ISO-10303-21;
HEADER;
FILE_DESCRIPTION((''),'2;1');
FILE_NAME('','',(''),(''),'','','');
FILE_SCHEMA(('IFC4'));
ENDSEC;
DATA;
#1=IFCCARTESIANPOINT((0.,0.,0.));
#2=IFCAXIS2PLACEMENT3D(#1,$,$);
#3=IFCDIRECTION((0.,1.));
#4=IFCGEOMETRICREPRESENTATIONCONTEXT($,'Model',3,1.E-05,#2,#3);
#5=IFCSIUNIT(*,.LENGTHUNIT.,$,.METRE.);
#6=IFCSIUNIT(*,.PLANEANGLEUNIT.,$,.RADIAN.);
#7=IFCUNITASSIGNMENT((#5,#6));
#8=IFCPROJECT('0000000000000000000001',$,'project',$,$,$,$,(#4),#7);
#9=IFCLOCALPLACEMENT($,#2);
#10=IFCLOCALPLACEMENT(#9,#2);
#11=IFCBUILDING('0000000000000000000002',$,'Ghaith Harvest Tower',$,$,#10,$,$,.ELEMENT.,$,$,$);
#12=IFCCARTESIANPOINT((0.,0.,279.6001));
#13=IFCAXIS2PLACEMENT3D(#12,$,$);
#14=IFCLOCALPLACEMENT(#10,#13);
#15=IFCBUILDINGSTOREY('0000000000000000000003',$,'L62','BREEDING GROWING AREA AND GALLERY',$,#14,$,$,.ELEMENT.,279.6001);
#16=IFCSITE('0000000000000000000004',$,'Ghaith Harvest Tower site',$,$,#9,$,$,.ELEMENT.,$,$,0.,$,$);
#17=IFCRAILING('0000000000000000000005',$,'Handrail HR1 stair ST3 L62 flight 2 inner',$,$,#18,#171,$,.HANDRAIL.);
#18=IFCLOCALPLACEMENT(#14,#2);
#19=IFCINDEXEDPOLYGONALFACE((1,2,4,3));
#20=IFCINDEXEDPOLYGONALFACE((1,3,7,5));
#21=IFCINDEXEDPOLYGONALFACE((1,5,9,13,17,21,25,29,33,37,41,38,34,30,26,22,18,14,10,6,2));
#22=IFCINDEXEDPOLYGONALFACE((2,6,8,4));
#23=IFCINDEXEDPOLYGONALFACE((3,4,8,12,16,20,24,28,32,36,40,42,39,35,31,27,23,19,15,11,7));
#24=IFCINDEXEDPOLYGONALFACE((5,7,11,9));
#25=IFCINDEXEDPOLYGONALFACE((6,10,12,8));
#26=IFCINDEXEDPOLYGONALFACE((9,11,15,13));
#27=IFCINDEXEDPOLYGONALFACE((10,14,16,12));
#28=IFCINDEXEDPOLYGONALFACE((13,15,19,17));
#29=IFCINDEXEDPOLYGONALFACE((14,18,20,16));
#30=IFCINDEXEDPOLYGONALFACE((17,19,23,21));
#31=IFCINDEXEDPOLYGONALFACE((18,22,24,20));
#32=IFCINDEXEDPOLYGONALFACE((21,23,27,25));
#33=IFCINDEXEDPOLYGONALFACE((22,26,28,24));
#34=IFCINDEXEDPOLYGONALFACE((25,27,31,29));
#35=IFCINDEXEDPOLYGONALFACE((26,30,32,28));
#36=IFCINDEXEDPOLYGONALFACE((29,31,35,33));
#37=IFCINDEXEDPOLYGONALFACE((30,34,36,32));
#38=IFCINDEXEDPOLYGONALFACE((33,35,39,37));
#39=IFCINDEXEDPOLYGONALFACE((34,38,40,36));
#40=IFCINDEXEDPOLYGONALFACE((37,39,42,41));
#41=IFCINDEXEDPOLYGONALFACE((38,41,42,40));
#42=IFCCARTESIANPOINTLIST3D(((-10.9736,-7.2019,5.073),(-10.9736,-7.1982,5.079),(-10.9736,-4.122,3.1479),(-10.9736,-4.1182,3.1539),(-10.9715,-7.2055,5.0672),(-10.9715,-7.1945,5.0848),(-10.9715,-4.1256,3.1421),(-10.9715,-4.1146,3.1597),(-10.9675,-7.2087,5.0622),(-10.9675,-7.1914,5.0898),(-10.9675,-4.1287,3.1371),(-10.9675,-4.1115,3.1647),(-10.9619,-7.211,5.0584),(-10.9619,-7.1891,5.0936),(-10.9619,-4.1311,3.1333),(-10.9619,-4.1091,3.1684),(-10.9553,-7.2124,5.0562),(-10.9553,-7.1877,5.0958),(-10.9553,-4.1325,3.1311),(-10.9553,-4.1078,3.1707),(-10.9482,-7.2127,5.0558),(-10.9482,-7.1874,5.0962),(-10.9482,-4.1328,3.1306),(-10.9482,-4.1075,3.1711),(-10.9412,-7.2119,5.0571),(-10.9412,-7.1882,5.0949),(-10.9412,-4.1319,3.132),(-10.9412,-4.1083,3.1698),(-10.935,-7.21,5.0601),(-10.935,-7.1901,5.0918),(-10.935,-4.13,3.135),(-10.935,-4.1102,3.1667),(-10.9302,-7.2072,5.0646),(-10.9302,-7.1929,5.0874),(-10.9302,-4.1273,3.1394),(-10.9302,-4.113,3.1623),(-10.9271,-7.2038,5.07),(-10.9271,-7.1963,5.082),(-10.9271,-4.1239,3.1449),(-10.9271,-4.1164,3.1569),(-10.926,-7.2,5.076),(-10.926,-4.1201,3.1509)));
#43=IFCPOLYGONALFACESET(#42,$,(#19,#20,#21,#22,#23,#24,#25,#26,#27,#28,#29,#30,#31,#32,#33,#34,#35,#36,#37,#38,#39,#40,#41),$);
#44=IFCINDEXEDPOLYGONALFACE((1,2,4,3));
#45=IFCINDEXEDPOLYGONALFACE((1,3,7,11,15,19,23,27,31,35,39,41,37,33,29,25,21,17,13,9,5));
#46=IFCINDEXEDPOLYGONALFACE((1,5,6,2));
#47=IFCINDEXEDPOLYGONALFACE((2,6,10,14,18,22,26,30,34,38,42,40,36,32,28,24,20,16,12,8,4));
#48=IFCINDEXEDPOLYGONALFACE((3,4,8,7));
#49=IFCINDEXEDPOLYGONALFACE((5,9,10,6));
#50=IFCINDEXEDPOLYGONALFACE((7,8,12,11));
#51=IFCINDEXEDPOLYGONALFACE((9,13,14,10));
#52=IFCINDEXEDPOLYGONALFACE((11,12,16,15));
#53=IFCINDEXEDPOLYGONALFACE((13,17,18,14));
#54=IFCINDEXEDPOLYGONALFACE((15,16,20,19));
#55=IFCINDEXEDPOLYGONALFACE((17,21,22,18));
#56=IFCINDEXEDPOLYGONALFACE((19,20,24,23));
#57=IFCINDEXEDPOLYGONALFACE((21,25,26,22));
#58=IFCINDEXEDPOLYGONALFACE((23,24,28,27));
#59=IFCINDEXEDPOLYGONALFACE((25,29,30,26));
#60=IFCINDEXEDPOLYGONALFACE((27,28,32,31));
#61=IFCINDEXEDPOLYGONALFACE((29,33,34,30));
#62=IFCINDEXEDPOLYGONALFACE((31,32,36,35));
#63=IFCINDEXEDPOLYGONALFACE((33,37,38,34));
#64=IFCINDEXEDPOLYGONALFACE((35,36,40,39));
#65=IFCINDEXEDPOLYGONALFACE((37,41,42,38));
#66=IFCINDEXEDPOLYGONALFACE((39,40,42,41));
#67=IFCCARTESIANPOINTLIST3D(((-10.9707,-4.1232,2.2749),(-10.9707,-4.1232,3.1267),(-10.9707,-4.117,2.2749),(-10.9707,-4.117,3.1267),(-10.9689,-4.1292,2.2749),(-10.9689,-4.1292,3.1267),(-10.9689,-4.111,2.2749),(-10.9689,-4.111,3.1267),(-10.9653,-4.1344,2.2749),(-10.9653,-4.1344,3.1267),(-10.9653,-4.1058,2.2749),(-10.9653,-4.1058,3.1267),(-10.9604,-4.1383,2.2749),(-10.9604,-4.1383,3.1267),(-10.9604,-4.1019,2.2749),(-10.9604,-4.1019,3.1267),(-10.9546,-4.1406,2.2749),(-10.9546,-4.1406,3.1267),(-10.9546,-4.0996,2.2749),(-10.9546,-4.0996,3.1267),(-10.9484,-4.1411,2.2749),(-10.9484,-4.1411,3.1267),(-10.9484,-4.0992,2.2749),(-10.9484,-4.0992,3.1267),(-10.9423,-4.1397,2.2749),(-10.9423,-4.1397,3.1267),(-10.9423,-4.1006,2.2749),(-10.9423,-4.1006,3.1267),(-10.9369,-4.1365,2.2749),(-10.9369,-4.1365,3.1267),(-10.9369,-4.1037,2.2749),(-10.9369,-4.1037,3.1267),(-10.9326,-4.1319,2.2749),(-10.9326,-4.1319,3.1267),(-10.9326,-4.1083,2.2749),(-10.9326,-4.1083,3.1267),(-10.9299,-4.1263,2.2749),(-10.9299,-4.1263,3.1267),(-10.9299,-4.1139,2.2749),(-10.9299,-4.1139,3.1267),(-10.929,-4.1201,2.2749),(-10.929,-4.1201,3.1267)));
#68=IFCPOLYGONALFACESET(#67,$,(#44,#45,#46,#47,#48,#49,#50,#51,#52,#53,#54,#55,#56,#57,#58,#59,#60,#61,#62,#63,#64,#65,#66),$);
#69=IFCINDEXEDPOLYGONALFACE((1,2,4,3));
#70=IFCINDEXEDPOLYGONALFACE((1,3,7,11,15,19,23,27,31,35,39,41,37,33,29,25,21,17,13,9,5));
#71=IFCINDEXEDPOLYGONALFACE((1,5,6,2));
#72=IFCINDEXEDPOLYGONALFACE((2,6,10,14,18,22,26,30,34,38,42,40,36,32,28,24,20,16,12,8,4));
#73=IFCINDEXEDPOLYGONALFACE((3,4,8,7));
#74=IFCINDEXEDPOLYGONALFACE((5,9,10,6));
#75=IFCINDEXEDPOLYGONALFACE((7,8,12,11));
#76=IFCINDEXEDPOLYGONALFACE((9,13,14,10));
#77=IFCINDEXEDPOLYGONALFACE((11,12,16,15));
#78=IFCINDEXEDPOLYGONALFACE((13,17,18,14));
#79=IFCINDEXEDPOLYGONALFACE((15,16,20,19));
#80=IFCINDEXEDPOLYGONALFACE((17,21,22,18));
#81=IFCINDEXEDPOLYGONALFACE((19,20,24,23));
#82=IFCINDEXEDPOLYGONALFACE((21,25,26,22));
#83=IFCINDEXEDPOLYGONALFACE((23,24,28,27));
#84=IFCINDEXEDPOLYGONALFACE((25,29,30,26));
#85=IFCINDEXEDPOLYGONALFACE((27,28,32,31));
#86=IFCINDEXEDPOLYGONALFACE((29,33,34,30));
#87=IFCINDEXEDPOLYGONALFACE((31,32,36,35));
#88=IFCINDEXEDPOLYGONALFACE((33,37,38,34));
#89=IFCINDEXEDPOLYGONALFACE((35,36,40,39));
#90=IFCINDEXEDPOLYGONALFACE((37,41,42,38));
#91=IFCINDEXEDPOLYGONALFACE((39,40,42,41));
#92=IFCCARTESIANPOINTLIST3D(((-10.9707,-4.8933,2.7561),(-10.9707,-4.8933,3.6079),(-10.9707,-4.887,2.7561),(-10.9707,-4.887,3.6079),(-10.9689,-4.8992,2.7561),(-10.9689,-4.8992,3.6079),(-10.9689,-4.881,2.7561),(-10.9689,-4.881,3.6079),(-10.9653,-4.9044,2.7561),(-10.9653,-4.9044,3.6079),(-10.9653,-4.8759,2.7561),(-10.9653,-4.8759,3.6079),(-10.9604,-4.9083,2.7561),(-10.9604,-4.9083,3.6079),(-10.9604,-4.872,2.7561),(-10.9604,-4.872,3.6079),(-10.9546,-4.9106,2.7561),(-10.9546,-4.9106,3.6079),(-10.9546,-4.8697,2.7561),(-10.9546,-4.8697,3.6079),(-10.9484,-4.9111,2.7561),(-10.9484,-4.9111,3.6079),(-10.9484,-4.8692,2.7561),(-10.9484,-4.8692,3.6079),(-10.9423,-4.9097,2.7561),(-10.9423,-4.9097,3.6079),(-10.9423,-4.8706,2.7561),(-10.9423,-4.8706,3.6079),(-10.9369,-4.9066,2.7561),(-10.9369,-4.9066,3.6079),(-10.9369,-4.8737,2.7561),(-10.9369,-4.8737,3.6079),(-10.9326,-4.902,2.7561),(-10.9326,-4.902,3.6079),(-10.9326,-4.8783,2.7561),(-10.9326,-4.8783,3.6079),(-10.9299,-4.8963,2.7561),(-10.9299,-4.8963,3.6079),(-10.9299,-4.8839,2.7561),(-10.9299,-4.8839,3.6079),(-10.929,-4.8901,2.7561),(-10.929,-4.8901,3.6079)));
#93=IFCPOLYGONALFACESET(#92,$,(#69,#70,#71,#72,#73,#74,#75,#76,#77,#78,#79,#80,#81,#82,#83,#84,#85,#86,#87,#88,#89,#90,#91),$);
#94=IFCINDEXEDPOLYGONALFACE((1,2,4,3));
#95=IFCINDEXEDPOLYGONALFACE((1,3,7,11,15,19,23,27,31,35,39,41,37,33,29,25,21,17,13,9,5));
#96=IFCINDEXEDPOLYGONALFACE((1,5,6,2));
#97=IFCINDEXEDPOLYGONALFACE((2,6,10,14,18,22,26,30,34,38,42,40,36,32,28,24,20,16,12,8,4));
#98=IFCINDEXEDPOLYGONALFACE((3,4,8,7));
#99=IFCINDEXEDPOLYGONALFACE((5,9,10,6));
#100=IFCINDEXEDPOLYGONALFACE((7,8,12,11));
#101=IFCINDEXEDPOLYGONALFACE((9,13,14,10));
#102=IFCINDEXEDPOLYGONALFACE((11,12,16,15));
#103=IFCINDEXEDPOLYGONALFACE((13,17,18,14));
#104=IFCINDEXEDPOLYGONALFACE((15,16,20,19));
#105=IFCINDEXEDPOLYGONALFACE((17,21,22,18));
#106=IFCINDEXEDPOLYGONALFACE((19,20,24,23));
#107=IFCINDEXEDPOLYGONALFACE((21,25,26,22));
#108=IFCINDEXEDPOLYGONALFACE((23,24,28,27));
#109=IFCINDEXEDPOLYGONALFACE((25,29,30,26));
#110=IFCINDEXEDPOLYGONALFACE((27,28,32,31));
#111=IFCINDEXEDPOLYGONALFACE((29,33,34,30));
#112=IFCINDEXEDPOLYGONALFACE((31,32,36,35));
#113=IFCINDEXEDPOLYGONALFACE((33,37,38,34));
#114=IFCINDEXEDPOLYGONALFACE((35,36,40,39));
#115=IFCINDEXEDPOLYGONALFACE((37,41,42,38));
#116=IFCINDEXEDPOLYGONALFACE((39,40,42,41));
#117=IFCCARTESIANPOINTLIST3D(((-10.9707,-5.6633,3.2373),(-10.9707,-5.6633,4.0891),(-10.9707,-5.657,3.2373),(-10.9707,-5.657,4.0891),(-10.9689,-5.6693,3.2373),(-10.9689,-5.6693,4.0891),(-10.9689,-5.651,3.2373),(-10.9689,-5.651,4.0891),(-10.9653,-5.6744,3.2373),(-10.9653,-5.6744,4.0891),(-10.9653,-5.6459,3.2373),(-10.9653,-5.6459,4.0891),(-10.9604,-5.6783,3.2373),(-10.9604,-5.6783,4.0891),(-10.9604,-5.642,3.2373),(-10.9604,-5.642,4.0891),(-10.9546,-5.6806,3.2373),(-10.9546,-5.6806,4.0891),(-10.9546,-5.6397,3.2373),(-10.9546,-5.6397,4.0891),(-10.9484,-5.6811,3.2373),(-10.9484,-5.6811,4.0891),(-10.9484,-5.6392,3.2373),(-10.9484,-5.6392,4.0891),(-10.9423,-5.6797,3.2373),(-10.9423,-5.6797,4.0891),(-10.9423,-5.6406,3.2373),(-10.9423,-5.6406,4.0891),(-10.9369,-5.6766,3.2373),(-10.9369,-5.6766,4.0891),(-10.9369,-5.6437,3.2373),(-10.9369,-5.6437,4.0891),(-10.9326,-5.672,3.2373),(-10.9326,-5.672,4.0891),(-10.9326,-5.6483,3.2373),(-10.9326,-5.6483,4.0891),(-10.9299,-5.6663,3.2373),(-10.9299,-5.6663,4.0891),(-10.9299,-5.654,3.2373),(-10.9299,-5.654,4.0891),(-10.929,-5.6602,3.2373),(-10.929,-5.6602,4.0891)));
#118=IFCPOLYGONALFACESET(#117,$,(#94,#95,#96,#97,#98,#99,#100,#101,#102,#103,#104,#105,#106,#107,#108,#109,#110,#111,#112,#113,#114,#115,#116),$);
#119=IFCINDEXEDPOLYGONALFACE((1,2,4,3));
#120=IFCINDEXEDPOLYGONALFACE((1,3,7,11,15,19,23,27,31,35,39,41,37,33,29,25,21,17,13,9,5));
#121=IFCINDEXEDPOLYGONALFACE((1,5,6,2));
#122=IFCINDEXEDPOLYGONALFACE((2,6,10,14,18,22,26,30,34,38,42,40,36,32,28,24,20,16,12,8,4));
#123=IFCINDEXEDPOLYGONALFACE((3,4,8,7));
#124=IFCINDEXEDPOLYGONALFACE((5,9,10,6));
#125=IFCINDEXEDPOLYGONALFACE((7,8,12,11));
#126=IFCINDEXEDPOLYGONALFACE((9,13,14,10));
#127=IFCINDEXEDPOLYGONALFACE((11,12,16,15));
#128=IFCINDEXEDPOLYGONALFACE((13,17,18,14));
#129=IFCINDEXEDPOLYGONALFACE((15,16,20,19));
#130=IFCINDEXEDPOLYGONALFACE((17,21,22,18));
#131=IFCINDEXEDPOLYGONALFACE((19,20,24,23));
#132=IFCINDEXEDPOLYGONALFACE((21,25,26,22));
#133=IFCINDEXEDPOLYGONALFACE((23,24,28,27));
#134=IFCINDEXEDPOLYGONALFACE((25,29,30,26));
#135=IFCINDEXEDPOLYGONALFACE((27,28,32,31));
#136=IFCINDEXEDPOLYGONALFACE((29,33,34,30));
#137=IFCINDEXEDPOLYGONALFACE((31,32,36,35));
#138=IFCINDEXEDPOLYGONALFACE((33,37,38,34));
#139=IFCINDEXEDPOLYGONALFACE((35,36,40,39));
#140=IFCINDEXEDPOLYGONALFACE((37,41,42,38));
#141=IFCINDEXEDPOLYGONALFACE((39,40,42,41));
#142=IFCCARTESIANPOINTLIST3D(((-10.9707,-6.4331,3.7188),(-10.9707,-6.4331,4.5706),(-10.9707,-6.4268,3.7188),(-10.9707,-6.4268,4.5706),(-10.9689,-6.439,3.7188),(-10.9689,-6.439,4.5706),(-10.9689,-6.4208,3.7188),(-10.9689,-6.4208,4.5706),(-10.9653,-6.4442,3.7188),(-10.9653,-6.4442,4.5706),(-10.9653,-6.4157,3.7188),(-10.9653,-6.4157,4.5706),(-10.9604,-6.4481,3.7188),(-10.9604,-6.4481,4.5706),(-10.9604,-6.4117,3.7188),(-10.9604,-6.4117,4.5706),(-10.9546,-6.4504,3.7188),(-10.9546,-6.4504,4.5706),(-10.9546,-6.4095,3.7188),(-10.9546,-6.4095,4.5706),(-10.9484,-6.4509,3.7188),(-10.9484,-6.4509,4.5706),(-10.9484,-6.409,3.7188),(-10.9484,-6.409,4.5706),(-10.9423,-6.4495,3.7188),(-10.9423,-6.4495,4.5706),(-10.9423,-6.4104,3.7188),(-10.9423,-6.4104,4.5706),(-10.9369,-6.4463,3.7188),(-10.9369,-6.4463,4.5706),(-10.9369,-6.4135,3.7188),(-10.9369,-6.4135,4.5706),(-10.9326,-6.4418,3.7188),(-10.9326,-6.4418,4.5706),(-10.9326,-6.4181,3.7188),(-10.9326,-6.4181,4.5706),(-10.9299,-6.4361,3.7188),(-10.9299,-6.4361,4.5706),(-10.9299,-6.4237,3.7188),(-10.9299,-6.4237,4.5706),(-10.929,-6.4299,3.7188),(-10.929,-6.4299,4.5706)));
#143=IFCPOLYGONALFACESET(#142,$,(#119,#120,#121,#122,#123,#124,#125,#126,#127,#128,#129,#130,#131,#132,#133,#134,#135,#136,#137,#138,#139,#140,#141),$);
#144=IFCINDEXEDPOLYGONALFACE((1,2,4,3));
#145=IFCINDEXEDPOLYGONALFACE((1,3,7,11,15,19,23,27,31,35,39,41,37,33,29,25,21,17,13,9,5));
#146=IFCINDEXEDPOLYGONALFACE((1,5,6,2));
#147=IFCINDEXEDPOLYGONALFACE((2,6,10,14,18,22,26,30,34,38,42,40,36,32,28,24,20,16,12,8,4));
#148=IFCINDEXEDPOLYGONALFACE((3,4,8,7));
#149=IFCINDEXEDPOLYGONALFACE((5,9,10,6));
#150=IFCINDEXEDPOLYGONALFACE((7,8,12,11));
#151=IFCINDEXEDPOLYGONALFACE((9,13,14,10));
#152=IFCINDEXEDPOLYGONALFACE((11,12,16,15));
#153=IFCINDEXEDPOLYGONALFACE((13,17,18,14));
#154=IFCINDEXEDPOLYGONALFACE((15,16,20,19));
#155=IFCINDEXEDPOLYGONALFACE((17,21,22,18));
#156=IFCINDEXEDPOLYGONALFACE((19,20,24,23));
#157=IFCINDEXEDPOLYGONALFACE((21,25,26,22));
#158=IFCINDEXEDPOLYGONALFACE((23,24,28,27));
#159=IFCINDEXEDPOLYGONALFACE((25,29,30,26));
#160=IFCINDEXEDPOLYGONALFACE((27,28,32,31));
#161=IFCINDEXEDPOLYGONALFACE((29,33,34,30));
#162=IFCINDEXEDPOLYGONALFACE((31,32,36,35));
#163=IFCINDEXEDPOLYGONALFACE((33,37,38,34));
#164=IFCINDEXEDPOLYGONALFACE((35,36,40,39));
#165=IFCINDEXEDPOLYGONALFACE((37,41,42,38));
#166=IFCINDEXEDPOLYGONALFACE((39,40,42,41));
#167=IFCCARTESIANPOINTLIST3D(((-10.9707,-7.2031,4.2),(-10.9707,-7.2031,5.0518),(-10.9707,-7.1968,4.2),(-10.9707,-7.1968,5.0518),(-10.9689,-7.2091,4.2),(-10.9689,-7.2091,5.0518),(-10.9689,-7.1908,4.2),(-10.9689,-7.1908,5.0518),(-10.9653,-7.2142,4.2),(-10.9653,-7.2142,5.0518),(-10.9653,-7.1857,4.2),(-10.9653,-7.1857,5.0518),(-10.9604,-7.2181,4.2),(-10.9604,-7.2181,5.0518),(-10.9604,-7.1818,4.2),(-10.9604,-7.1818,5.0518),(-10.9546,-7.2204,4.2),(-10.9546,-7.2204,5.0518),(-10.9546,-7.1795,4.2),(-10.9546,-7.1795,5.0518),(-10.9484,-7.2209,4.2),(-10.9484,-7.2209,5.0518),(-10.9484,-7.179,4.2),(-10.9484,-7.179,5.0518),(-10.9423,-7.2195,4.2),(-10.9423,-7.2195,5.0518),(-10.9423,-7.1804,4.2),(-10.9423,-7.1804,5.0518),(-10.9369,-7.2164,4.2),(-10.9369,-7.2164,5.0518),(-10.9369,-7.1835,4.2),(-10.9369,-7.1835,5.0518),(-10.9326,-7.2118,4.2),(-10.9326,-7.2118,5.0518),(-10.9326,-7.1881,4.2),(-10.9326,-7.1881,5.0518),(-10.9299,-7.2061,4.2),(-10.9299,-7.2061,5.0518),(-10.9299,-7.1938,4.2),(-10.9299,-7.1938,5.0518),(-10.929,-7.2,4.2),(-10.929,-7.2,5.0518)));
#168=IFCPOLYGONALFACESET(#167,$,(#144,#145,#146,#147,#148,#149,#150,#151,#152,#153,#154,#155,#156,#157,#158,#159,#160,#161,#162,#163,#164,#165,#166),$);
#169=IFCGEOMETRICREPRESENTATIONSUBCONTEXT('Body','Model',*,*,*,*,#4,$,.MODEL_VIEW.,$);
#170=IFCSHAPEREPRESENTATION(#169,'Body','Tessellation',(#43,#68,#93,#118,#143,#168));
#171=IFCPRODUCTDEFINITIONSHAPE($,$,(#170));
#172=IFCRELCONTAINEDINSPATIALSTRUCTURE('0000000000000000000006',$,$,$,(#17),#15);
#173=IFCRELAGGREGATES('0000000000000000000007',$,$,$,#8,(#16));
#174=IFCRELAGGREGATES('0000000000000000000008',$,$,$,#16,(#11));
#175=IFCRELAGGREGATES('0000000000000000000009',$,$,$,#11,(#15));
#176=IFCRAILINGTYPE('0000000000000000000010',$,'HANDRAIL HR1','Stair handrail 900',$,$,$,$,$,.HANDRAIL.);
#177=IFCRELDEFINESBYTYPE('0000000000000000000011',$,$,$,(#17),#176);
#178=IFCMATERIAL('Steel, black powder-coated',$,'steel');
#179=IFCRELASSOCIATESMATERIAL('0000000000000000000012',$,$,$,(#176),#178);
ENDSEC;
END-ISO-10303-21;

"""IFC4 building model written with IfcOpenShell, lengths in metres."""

from ifc_helpers import new_model, si_unit, direction, frame, origin, origin_2d, place, context, subcontext, project, spatial, circle, extrude, material, type_object, element, save


model = new_model("IFC4")

# Units and contexts
model_context = context("Model", 3, precision=1e-05, world=origin(), true_north=direction((0.0, 1.0)))
body_context = subcontext(model_context, "Body", "Model", "MODEL_VIEW")
ifc_project = project(units=[si_unit("LENGTHUNIT", "METRE"), si_unit("PLANEANGLEUNIT", "RADIAN")], contexts=[model_context])

# Site, building, storey
site_placement = place(None, origin())
site = spatial("IfcSite", under=ifc_project, at=site_placement, Name="Ghaith Harvest Tower site", CompositionType="ELEMENT", RefElevation=0.0)
building_placement = place(site_placement, origin())
building = spatial("IfcBuilding", under=site, at=building_placement, Name="Ghaith Harvest Tower", CompositionType="ELEMENT")
storey_placement = place(building_placement, frame((0.0, 0.0, 279.6001)))
storey = spatial("IfcBuildingStorey", under=building, at=storey_placement, Name="L62", Description="BREEDING GROWING AREA AND GALLERY", CompositionType="ELEMENT", Elevation=279.6001)

# Railing
ifc_material_1 = material(Name="Steel, black powder-coated", Category="steel")
railing_type = type_object("IfcRailingType", Name="HANDRAIL HR1", Description="Stair handrail 900", PredefinedType="HANDRAIL", material=ifc_material_1)
railing_1_placement = place(storey_placement, frame((-10.95, -4.1201, 2.2749)))
element("IfcRailing", 1, at=railing_1_placement, inside=storey, type_object=railing_type, Name="Handrail HR1 stair ST3 L62 flight 2 inner", PredefinedType="HANDRAIL", context=body_context, shape_type="SweptSolid", body=[
    extrude(circle(Radius=0.0239, at=origin_2d()), frame((0.0, 0.0, 0.876), z_axis=(0.0, -0.847979, 0.530029), x_axis=(1.0, 0.0, 0.0)), (0.0, 0.0, 1.0), 3.6321),
    extrude(circle(Radius=0.021, at=origin_2d()), origin(), (0.0, 0.0, 1.0), 0.8518),
    extrude(circle(Radius=0.021, at=origin_2d()), frame((0.0, -0.77, 0.4812)), (0.0, 0.0, 1.0), 0.8518),
    extrude(circle(Radius=0.021, at=origin_2d()), frame((0.0, -1.54, 0.9624)), (0.0, 0.0, 1.0), 0.8518),
    extrude(circle(Radius=0.021, at=origin_2d()), frame((0.0, -2.3098, 1.4438)), (0.0, 0.0, 1.0), 0.8518),
    extrude(circle(Radius=0.021, at=origin_2d()), frame((0.0, -3.0798, 1.925)), (0.0, 0.0, 1.0), 0.8518),
])

save(model, "model.ifc")
